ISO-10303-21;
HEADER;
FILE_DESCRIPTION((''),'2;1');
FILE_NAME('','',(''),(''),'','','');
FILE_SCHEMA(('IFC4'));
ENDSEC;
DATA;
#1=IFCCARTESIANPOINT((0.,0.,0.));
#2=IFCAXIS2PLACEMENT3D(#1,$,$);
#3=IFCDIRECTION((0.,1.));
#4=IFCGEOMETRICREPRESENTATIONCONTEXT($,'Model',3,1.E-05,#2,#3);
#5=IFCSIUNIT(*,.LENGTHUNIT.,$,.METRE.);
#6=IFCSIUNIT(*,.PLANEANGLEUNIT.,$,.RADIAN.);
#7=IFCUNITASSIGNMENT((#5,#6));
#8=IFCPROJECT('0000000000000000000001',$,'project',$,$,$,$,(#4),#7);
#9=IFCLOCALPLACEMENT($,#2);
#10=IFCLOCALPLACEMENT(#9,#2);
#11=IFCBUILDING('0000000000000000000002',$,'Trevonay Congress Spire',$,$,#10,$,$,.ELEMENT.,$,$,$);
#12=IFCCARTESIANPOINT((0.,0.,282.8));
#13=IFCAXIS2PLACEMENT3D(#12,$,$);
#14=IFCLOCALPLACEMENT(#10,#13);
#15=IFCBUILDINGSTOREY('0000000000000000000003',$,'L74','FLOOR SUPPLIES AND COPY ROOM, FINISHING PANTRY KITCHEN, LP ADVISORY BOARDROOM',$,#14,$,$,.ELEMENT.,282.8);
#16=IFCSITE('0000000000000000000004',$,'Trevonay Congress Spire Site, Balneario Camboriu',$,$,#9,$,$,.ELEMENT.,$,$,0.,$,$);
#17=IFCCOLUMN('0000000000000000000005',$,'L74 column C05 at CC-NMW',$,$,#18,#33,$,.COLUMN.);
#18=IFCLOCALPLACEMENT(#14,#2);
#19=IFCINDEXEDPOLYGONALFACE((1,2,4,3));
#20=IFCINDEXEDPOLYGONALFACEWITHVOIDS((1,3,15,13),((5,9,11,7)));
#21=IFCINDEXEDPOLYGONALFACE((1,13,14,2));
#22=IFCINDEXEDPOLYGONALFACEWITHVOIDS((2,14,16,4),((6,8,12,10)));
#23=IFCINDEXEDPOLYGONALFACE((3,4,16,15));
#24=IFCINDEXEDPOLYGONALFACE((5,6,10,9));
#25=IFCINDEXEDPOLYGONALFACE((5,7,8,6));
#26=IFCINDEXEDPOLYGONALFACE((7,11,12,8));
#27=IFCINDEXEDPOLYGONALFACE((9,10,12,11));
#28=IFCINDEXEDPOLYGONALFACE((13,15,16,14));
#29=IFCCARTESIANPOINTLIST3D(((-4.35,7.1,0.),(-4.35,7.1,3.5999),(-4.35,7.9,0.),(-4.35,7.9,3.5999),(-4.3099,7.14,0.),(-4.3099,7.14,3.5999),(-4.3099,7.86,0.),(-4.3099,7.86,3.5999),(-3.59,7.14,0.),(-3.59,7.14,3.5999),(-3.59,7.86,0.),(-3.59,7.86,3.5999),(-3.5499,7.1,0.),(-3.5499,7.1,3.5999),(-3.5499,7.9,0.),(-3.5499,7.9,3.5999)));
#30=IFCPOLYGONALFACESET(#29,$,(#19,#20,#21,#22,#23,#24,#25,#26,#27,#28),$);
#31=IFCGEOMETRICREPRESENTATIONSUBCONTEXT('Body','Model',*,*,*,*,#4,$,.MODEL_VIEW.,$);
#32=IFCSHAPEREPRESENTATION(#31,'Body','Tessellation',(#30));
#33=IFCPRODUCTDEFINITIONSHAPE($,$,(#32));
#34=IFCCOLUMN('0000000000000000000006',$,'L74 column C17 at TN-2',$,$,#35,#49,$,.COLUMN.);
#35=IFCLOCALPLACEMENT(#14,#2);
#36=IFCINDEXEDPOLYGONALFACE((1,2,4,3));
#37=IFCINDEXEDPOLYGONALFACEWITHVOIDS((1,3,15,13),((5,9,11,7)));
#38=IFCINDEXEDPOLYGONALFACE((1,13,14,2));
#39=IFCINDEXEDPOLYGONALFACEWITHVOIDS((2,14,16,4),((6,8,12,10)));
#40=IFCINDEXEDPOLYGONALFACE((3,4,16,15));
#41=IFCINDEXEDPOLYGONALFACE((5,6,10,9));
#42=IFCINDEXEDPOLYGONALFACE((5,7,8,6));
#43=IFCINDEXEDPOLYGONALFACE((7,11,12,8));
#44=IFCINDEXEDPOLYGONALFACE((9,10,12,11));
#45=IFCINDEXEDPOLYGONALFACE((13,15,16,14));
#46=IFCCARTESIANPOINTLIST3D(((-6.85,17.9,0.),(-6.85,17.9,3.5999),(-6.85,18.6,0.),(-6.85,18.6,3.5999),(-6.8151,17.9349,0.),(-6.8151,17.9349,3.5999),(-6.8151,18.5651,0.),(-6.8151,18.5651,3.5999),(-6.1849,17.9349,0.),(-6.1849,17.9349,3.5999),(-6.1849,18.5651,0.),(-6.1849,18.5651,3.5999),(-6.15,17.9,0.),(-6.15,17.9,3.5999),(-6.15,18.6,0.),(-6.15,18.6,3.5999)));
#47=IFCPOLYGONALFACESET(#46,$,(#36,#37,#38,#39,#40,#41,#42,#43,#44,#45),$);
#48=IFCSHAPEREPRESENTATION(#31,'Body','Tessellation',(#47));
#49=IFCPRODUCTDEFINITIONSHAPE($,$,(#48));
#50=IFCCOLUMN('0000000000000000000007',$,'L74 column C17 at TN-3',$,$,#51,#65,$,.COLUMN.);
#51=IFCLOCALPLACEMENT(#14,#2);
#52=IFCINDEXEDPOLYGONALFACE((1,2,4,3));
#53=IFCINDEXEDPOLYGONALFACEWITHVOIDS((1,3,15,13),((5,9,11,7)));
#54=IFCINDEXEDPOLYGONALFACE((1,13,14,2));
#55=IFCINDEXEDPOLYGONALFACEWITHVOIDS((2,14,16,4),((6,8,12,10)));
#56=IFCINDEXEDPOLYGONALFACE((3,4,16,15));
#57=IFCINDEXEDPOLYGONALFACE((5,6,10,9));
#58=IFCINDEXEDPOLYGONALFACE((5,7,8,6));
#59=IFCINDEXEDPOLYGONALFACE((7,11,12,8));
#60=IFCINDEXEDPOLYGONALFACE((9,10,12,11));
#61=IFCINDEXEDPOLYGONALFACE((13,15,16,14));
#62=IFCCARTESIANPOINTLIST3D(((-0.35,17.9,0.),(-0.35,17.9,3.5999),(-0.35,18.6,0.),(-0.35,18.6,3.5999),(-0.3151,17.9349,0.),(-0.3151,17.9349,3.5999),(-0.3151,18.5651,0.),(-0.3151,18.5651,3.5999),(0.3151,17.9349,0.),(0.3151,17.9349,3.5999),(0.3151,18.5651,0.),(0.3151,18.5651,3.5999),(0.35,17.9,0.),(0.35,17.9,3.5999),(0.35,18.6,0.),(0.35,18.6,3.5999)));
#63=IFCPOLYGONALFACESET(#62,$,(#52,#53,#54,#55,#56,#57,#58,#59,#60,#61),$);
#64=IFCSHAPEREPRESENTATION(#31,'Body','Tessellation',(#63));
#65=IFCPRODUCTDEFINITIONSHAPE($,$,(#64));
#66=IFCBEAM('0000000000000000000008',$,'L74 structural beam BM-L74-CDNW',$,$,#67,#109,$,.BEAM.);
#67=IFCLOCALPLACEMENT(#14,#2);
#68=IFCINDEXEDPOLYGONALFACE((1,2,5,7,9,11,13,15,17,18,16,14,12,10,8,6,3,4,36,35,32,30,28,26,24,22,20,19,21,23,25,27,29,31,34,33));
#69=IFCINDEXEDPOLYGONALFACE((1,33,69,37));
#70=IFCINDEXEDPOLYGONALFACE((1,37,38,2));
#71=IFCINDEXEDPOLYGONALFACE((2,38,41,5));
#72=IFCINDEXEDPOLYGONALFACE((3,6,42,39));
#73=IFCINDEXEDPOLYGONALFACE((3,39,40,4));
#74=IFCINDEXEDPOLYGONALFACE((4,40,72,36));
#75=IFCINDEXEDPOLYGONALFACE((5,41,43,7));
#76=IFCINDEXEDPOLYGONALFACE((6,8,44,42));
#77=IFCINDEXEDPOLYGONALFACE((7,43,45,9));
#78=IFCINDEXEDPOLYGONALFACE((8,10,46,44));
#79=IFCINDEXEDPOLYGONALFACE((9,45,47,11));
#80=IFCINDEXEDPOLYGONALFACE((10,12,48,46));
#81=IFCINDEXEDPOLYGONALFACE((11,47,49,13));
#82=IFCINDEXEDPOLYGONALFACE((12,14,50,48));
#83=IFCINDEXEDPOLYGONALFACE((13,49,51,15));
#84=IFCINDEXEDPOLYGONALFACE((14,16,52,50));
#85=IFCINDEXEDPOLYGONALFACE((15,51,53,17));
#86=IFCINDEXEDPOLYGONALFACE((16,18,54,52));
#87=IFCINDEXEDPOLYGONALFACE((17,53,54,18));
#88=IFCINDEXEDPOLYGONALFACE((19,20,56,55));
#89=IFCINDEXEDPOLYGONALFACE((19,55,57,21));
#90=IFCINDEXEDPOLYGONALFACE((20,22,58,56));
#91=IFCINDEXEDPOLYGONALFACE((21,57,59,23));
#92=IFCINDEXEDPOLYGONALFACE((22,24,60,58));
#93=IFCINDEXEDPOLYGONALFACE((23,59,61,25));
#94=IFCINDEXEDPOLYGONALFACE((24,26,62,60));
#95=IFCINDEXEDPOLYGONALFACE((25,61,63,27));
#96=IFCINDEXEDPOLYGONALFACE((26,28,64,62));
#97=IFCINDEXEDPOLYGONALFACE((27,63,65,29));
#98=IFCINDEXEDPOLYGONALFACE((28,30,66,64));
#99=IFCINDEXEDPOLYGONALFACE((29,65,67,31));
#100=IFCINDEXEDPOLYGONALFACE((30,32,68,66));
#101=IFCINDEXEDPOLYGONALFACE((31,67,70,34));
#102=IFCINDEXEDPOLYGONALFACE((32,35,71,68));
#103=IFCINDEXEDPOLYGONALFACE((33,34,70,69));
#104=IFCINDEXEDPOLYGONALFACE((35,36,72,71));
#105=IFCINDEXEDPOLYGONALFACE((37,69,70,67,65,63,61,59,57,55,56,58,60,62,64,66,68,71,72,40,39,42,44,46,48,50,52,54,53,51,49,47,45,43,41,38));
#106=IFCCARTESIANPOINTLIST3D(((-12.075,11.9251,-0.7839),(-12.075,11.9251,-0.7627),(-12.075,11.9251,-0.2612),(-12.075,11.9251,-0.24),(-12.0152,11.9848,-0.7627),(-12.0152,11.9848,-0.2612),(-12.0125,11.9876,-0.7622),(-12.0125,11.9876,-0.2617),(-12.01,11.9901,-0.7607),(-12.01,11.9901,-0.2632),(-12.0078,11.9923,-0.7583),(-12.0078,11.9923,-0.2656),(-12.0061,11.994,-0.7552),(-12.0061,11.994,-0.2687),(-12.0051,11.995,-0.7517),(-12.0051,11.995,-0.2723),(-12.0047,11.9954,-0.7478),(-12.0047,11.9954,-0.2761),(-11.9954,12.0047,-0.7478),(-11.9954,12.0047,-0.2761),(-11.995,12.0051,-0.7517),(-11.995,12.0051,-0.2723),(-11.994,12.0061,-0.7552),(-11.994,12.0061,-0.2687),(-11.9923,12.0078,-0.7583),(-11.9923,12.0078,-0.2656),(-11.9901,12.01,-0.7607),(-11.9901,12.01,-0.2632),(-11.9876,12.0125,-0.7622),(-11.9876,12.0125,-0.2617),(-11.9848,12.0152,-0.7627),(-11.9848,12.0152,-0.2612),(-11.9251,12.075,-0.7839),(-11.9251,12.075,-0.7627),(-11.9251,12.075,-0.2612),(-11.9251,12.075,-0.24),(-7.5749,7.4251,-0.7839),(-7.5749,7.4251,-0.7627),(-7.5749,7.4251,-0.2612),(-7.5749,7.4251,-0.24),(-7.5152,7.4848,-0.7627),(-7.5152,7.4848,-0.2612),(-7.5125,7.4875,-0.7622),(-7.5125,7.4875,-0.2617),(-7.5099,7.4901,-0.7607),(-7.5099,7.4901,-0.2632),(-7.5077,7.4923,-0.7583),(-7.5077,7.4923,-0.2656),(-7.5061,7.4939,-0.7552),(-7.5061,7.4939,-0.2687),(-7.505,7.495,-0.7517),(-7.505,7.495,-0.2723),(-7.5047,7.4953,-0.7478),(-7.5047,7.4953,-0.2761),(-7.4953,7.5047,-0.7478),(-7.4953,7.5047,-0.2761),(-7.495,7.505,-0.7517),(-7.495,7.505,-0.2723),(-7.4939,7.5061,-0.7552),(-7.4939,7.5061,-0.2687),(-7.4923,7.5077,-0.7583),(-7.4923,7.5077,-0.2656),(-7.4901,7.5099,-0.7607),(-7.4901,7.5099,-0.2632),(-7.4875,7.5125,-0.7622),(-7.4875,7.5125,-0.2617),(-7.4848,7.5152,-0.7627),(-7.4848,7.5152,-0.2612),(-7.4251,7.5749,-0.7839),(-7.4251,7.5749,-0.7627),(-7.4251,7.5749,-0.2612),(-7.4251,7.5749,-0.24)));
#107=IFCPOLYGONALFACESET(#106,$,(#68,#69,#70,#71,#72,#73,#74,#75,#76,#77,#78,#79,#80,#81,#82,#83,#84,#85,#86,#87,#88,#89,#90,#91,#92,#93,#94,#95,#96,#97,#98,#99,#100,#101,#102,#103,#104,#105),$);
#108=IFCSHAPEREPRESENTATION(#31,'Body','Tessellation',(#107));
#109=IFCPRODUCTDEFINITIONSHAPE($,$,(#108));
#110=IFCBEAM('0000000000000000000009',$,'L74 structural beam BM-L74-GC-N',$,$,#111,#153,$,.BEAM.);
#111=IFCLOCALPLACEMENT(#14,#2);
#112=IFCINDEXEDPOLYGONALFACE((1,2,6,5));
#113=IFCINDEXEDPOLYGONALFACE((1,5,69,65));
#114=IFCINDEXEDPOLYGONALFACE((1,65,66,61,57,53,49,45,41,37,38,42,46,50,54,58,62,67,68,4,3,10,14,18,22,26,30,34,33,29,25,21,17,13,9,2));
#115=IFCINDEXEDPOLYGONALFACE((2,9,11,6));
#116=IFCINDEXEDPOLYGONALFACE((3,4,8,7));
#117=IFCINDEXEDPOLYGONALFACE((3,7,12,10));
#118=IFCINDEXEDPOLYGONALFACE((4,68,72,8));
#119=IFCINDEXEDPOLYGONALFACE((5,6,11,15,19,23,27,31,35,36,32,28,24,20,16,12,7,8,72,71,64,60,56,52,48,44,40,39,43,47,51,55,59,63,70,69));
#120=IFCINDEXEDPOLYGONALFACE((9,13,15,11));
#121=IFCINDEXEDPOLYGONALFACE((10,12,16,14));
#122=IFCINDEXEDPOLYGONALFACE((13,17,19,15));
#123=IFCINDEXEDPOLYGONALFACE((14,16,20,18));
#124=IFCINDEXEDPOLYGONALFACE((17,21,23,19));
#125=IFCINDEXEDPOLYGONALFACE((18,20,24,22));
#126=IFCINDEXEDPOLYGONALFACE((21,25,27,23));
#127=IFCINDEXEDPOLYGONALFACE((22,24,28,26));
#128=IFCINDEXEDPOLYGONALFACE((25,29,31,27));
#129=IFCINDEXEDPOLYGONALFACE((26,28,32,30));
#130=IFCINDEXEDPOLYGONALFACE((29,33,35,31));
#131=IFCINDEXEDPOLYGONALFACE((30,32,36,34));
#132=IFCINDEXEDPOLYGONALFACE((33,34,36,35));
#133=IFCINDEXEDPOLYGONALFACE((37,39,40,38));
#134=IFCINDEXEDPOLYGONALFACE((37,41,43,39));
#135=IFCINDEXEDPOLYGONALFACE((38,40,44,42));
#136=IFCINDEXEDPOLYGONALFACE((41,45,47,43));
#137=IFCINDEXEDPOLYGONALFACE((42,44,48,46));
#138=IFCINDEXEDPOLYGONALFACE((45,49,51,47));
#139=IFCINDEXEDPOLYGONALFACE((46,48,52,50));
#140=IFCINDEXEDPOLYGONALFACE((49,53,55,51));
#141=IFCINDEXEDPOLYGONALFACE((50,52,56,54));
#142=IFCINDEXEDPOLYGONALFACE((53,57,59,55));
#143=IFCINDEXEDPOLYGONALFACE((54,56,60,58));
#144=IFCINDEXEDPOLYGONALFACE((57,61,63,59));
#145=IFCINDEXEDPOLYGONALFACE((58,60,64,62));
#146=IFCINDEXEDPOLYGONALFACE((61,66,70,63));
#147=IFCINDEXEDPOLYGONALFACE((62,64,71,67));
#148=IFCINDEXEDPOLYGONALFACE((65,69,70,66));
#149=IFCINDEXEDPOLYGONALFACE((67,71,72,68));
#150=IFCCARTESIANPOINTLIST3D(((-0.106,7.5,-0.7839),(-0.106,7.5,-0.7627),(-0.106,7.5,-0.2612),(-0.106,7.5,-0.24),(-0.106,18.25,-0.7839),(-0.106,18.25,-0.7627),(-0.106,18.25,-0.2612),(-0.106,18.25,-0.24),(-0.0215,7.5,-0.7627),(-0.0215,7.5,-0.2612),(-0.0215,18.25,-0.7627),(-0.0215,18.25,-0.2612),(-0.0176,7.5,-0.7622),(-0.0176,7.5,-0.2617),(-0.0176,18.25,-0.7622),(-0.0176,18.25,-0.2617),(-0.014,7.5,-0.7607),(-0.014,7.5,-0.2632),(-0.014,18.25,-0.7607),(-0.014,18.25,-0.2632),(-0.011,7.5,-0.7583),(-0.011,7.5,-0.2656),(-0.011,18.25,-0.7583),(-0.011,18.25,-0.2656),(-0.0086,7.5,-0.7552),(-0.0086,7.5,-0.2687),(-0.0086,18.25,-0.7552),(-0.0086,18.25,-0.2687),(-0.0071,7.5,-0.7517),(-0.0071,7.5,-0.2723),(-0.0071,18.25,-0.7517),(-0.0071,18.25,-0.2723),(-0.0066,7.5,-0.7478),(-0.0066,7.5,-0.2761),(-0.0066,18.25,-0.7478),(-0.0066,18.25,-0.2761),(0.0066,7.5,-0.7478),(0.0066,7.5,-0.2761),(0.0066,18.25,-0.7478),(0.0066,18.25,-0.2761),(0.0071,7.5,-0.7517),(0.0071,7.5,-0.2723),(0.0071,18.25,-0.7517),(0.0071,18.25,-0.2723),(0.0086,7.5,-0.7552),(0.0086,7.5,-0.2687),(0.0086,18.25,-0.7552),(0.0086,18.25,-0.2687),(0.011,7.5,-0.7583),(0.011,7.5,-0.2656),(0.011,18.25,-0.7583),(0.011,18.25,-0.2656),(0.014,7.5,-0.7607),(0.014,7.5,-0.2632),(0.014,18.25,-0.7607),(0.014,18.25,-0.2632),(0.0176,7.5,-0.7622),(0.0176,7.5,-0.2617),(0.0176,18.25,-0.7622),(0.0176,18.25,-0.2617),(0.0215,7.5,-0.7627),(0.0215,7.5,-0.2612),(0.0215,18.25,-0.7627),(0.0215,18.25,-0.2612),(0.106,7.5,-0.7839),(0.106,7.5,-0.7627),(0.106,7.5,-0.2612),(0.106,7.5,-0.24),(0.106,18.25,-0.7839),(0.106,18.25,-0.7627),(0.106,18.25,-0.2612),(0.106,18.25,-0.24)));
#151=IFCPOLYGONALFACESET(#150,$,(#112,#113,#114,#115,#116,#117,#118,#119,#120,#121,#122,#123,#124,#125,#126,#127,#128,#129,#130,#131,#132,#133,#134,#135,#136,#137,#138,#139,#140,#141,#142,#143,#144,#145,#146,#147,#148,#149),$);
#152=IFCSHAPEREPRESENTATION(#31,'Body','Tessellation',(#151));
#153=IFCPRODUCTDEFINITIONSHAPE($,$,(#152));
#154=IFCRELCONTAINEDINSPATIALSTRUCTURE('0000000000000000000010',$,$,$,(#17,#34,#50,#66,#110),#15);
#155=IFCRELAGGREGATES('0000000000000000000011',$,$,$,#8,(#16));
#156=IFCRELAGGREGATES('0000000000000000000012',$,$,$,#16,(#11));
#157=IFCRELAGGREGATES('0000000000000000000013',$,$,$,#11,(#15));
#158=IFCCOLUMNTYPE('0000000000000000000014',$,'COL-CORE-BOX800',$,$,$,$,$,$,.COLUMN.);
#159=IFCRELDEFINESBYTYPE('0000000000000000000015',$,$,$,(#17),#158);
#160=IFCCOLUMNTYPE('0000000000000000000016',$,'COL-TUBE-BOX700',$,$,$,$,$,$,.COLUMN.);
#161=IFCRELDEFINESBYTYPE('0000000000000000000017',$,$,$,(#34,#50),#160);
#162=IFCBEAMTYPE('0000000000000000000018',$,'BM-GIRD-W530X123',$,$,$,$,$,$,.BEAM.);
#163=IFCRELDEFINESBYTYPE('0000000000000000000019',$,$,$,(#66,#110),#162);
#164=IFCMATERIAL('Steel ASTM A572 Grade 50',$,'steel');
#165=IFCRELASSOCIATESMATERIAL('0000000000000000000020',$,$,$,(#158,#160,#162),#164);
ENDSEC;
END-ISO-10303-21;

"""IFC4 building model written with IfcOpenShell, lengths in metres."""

from ifc_helpers import new_model, si_unit, direction, frame, origin, origin_2d, place, context, subcontext, project, spatial, hollow_rectangle, i_section, extrude, material, material_profile, profile_set, type_object, element, save


model = new_model("IFC4")

# Units and contexts
model_context = context("Model", 3, precision=1e-05, world=origin(), true_north=direction((0.0, 1.0)))
body_context = subcontext(model_context, "Body", "Model", "MODEL_VIEW")
ifc_project = project(units=[si_unit("LENGTHUNIT", "METRE"), si_unit("PLANEANGLEUNIT", "RADIAN")], contexts=[model_context])

# Site, building, storey
site_placement = place(None, origin())
site = spatial("IfcSite", under=ifc_project, at=site_placement, Name="Trevonay Congress Spire Site, Balneario Camboriu", CompositionType="ELEMENT", RefElevation=0.0)
building_placement = place(site_placement, origin())
building = spatial("IfcBuilding", under=site, at=building_placement, Name="Trevonay Congress Spire", CompositionType="ELEMENT")
storey_placement = place(building_placement, frame((0.0, 0.0, 282.8)))
storey = spatial("IfcBuildingStorey", under=building, at=storey_placement, Name="L74", Description="FLOOR SUPPLIES AND COPY ROOM, FINISHING PANTRY KITCHEN, LP ADVISORY BOARDROOM", CompositionType="ELEMENT", Elevation=282.8)

# Columns
ifc_material_1 = material(Name="Steel ASTM A572 Grade 50", Category="steel")
ifc_material_profile_1 = material_profile(ifc_material_1, hollow_rectangle(XDim=0.8, YDim=0.8, WallThickness=0.04, at=origin_2d()), Name="BOX 800x800x40")
ifc_profile_set_1 = profile_set([ifc_material_profile_1], Name="Steel ASTM A572 Grade 50")
column_type_1 = type_object("IfcColumnType", Name="COL-CORE-BOX800", PredefinedType="COLUMN", material=ifc_profile_set_1)
column_placement = place(storey_placement, frame((-3.95, 7.5, 0.0), z_axis=(0.0, 0.0, 1.0), x_axis=(1.0, 0.0, 0.0)))
element("IfcColumn", 1, at=column_placement, inside=storey, type_object=column_type_1, Name="L74 column C05 at CC-NMW", PredefinedType="COLUMN", context=body_context, shape_type="SweptSolid", body=[
    extrude(hollow_rectangle(XDim=0.8, YDim=0.8, WallThickness=0.04, at=origin_2d()), origin(), (0.0, 0.0, 1.0), 3.5999),
])
ifc_material_profile_2 = material_profile(ifc_material_1, hollow_rectangle(XDim=0.7, YDim=0.7, WallThickness=0.0349, at=origin_2d()), Name="BOX 700x700x35")
ifc_profile_set_2 = profile_set([ifc_material_profile_2], Name="Steel ASTM A572 Grade 50")
column_type_2 = type_object("IfcColumnType", Name="COL-TUBE-BOX700", PredefinedType="COLUMN", material=ifc_profile_set_2)
for number, where, z_axis, x_axis, name in (
    (2, (-6.5, 18.25, 0.0), (0.0, 0.0, 1.0), (1.0, 0.0, 0.0), "L74 column C17 at TN-2"),
    (3, (0.0, 18.25, 0.0), (0.0, 0.0, 1.0), (1.0, 0.0, 0.0), "L74 column C17 at TN-3"),
):
    element("IfcColumn", number, at=place(storey_placement, frame(where, z_axis=z_axis, x_axis=x_axis)), inside=storey, type_object=column_type_2, Name=name, PredefinedType="COLUMN", context=body_context, shape_type="SweptSolid", body=[
        extrude(hollow_rectangle(XDim=0.7, YDim=0.7, WallThickness=0.0349, at=origin_2d()), origin(), (0.0, 0.0, 1.0), 3.5999),
    ])

# Beams
ifc_material_profile_3 = material_profile(ifc_material_1, i_section(OverallWidth=0.2119, OverallDepth=0.5439, WebThickness=0.0132, FlangeThickness=0.0212, FilletRadius=0.0149, at=origin_2d()), Name="W530x123")
ifc_profile_set_3 = profile_set([ifc_material_profile_3], Name="Steel ASTM A572 Grade 50")
beam_type_1 = type_object("IfcBeamType", Name="BM-GIRD-W530X123", PredefinedType="BEAM", material=ifc_profile_set_3)
beam_1_placement = place(storey_placement, frame((-7.5, 7.5, -0.512), z_axis=(-0.707107, 0.707107, 0.0), x_axis=(-0.707107, -0.707107, 0.0)))
element("IfcBeam", 4, at=beam_1_placement, inside=storey, type_object=beam_type_1, Name="L74 structural beam BM-L74-CDNW", PredefinedType="BEAM", context=body_context, shape_type="SweptSolid", body=[
    extrude(i_section(OverallWidth=0.2119, OverallDepth=0.5439, WebThickness=0.0132, FlangeThickness=0.0212, FilletRadius=0.0149, at=origin_2d()), origin(), (0.0, 0.0, 1.0), 6.364),
])
beam_2_placement = place(storey_placement, frame((0.0, 7.5, -0.512), z_axis=(0.0, 1.0, 0.0), x_axis=(-1.0, 0.0, 0.0)))
element("IfcBeam", 5, at=beam_2_placement, inside=storey, type_object=beam_type_1, Name="L74 structural beam BM-L74-GC-N", PredefinedType="BEAM", context=body_context, shape_type="SweptSolid", body=[
    extrude(i_section(OverallWidth=0.2119, OverallDepth=0.5439, WebThickness=0.0132, FlangeThickness=0.0212, FilletRadius=0.0149, at=origin_2d()), origin(), (0.0, 0.0, 1.0), 10.75),
])

save(model, "model.ifc")
